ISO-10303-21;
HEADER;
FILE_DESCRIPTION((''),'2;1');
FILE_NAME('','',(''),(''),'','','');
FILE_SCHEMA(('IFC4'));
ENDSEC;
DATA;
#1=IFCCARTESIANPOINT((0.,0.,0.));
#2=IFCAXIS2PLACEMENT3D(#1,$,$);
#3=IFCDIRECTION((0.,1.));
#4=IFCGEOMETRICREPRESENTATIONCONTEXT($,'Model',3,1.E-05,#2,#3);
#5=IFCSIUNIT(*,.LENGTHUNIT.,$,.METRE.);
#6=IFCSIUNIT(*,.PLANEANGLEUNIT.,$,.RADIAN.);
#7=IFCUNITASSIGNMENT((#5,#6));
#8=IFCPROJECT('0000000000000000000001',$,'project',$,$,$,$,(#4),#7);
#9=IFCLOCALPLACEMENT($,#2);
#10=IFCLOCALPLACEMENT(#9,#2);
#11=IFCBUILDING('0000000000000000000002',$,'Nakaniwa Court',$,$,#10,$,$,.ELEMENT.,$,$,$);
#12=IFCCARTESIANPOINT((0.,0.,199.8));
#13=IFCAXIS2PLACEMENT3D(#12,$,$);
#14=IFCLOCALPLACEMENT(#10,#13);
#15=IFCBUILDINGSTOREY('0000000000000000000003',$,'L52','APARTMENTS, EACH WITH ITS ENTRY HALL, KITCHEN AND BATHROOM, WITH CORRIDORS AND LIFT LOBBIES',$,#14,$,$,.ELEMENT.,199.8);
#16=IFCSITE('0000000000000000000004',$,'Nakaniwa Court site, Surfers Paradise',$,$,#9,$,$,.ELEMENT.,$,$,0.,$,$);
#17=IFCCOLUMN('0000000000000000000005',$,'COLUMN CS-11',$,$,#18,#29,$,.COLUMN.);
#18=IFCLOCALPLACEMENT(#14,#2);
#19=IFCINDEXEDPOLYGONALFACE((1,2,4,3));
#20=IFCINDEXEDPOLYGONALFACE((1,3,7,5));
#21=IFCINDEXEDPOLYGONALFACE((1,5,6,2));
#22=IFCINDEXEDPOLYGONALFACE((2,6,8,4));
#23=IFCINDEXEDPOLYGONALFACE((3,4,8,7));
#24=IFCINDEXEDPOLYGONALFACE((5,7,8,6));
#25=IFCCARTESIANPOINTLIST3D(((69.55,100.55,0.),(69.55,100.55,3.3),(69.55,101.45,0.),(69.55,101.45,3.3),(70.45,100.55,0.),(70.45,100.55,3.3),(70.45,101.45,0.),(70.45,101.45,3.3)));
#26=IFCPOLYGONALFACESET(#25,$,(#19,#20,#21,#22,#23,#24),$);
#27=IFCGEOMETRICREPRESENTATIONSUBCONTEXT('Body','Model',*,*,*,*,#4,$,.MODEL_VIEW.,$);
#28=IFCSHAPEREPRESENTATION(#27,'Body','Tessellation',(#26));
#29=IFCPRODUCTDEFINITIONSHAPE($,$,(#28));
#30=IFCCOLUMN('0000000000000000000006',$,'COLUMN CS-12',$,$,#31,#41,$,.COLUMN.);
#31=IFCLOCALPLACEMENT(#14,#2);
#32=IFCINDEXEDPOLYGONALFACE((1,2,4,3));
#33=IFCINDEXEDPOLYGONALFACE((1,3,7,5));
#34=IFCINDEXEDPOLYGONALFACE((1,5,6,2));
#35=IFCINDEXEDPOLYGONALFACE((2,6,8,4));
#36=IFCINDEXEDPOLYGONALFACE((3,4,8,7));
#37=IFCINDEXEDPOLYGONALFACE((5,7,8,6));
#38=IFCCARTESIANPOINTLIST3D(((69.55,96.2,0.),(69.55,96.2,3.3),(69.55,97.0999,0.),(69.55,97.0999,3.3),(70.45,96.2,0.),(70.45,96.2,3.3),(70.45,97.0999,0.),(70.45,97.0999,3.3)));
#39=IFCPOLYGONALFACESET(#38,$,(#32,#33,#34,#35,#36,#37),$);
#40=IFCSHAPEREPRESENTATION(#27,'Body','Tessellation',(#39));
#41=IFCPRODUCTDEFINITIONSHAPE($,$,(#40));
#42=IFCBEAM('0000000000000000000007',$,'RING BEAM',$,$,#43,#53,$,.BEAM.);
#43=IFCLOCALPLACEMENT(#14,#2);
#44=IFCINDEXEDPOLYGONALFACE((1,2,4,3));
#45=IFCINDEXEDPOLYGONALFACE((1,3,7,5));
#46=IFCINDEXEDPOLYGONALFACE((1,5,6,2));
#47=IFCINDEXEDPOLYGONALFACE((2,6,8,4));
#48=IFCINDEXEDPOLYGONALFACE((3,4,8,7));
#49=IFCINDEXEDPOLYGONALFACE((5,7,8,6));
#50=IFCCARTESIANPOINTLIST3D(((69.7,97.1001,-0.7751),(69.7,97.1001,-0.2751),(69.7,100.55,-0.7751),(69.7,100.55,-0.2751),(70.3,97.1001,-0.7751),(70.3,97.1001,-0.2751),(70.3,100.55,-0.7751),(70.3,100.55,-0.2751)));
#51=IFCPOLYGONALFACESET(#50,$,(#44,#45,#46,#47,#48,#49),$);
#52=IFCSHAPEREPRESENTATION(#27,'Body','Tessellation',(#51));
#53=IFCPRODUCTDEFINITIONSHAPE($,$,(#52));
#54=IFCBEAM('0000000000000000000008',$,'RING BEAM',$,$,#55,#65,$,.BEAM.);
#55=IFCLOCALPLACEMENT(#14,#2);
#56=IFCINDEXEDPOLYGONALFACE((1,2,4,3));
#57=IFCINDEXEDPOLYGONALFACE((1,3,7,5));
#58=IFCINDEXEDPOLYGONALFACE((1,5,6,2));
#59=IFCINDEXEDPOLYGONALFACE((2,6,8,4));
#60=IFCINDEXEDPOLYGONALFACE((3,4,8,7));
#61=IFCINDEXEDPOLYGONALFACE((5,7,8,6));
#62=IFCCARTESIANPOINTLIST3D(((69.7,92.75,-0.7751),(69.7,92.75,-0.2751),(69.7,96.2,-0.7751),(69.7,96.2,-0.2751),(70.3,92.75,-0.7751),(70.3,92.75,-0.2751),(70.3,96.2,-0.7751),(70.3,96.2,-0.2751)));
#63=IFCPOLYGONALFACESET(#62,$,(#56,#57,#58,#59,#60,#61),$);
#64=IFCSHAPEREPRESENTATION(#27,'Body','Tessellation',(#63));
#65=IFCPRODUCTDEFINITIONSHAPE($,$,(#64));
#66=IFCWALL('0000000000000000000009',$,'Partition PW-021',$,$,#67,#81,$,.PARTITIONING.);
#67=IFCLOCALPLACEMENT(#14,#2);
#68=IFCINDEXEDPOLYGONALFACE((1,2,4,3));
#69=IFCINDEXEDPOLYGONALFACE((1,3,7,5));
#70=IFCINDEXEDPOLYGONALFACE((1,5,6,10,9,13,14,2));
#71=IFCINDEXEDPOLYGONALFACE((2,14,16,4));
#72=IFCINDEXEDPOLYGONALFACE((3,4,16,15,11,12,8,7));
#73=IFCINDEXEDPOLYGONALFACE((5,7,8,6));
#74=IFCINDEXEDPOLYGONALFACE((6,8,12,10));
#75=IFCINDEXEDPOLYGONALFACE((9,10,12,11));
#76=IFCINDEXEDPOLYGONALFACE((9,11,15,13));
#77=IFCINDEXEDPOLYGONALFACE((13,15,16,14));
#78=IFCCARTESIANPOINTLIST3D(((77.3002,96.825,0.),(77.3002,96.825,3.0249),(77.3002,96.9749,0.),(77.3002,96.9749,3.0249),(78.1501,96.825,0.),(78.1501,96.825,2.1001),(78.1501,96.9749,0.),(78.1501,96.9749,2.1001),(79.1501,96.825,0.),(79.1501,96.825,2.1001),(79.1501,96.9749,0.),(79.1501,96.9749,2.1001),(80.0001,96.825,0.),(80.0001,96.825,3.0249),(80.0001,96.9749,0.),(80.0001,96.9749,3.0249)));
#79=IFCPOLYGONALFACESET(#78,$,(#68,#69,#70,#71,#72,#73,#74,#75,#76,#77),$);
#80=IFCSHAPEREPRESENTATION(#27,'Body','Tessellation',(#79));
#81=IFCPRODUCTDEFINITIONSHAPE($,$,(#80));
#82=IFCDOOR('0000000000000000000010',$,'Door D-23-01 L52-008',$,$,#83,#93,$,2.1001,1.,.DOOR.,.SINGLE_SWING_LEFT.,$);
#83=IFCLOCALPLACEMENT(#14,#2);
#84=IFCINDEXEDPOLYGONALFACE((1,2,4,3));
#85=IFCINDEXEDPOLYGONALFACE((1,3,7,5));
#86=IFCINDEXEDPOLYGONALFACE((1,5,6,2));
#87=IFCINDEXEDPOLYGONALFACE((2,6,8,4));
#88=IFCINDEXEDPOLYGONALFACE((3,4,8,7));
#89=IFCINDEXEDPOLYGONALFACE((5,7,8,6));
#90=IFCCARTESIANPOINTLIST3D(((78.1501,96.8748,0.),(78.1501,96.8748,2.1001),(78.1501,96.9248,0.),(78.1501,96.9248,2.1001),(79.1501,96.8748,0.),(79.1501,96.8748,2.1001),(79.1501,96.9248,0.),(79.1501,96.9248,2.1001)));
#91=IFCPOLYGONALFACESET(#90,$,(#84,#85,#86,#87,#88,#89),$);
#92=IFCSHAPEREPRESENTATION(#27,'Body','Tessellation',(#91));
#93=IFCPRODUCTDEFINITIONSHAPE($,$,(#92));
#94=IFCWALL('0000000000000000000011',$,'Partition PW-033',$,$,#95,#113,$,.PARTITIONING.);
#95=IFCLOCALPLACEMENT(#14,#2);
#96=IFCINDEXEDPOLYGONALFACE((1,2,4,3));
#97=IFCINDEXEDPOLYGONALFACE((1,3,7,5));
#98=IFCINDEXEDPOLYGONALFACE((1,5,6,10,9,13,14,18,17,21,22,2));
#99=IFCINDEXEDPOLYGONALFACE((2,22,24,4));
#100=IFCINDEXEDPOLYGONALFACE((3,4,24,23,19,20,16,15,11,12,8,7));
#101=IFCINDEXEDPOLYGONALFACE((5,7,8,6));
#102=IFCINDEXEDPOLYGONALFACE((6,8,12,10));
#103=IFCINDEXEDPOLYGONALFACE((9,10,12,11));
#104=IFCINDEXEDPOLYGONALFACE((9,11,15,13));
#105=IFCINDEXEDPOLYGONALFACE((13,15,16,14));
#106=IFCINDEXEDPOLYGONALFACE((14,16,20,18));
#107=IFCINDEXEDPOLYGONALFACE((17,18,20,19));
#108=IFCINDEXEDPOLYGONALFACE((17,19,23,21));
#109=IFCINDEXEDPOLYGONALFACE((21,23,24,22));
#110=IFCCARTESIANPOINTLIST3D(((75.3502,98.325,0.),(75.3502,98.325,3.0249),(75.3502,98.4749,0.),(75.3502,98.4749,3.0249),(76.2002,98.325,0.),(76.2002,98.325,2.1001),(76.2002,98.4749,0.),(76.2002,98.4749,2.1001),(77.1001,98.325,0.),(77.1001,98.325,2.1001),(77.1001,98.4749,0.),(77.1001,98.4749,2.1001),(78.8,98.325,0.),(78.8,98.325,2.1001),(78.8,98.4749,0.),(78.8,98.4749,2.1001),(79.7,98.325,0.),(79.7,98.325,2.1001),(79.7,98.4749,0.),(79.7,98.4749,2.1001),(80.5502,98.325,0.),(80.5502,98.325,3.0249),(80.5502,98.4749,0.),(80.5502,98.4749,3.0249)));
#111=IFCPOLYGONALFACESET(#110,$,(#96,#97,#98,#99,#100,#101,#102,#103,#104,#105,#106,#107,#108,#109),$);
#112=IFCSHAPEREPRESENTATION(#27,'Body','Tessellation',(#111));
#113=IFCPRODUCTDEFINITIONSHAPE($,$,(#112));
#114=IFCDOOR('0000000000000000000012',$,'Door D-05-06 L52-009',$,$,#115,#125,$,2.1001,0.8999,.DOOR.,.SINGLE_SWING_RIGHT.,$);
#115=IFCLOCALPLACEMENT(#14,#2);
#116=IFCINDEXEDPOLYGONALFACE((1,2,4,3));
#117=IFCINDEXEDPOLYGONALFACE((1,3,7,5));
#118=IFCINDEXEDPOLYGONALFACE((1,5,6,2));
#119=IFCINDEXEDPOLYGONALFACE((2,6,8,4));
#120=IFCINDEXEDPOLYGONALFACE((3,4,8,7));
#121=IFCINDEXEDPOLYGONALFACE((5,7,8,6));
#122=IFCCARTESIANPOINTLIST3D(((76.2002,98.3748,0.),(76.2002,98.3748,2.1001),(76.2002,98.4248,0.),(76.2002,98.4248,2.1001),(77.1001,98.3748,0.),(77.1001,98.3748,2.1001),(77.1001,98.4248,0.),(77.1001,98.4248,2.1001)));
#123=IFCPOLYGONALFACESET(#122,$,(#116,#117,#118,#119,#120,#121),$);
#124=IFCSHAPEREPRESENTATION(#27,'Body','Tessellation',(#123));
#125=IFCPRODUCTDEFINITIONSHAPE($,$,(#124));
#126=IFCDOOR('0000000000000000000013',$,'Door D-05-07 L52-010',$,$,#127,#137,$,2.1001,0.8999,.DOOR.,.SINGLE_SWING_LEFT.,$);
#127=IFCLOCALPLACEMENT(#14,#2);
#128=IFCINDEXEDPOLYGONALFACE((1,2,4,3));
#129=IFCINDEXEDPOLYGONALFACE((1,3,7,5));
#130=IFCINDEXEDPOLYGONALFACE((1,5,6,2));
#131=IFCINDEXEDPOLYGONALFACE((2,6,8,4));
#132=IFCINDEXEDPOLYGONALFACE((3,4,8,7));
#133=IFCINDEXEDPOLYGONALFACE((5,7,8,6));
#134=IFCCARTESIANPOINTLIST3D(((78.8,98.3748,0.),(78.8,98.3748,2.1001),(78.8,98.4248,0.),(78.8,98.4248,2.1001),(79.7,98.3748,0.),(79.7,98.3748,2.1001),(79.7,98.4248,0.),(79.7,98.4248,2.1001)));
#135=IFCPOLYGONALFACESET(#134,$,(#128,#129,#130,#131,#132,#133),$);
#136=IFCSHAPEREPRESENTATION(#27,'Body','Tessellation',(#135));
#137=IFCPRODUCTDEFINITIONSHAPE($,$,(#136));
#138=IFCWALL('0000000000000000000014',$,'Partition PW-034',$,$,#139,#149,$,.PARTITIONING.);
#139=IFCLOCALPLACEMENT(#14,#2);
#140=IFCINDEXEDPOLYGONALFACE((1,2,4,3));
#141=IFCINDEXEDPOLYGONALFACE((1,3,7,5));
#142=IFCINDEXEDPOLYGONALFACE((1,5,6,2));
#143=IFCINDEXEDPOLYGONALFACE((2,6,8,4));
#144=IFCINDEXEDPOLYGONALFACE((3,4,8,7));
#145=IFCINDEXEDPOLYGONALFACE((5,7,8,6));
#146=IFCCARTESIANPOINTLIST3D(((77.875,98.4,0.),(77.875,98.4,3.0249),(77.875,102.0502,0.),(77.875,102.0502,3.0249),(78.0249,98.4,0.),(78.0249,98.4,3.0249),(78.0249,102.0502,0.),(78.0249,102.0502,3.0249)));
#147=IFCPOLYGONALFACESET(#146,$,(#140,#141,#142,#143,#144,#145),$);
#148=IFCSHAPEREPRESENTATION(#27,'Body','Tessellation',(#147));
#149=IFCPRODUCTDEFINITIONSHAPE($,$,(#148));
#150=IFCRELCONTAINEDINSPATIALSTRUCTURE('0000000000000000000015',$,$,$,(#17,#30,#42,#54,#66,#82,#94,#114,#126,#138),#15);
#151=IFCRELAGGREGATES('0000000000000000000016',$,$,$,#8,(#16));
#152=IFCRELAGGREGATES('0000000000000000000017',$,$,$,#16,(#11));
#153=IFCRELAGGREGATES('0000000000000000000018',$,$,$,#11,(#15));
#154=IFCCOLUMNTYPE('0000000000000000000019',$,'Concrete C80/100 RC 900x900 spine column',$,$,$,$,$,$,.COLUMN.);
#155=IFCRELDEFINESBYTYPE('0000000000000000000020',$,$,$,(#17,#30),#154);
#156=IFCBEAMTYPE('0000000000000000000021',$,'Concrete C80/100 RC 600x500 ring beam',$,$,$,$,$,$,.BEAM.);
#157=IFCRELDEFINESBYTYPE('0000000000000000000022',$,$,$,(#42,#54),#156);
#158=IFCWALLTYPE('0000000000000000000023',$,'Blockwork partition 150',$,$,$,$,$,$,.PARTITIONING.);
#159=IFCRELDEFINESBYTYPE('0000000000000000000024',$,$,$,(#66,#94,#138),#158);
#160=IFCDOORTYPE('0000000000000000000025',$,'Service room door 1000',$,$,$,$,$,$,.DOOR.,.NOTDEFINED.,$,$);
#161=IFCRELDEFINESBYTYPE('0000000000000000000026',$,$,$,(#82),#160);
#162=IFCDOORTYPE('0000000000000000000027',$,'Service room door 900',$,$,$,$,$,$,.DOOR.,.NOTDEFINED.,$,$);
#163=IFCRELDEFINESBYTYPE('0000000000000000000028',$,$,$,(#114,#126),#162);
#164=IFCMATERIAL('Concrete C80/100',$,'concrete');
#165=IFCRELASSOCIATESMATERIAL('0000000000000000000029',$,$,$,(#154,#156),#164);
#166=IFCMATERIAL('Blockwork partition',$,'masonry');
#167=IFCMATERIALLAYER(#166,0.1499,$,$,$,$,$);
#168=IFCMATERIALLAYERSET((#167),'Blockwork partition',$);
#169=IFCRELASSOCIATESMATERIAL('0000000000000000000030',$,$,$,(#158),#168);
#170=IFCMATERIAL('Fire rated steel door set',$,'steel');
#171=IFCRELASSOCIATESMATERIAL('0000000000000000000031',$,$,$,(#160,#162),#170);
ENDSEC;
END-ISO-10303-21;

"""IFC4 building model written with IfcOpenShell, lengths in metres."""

from ifc_helpers import new_model, si_unit, direction, frame, frame_2d, origin, origin_2d, place, context, subcontext, project, spatial, rectangle, extrude, material, layer, layer_set, material_profile, profile_set, type_object, element, fill, save


model = new_model("IFC4")

# Units and contexts
model_context = context("Model", 3, precision=1e-05, world=origin(), true_north=direction((0.0, 1.0)))
body_context = subcontext(model_context, "Body", "Model", "MODEL_VIEW")
ifc_project = project(units=[si_unit("LENGTHUNIT", "METRE"), si_unit("PLANEANGLEUNIT", "RADIAN")], contexts=[model_context])

# Site, building, storey
site_placement = place(None, origin())
site = spatial("IfcSite", under=ifc_project, at=site_placement, Name="Nakaniwa Court site, Surfers Paradise", CompositionType="ELEMENT", RefElevation=0.0)
building_placement = place(site_placement, origin())
building = spatial("IfcBuilding", under=site, at=building_placement, Name="Nakaniwa Court", CompositionType="ELEMENT")
storey_placement = place(building_placement, frame((0.0, 0.0, 199.8)))
storey = spatial("IfcBuildingStorey", under=building, at=storey_placement, Name="L52", Description="APARTMENTS, EACH WITH ITS ENTRY HALL, KITCHEN AND BATHROOM, WITH CORRIDORS AND LIFT LOBBIES", CompositionType="ELEMENT", Elevation=199.8)

# Columns
ifc_material_1 = material(Name="Concrete C80/100", Category="concrete")
ifc_material_profile_1 = material_profile(ifc_material_1, rectangle(XDim=0.8999, YDim=0.8999, at=origin_2d()), Name="Concrete C80/100 RC 900x900 spine column")
ifc_profile_set_1 = profile_set([ifc_material_profile_1], Name="Concrete C80/100")
column_type = type_object("IfcColumnType", Name="Concrete C80/100 RC 900x900 spine column", PredefinedType="COLUMN", material=ifc_profile_set_1)
for number, where, z_axis, x_axis, name in (
    (1, (70.0, 101.0, 0.0), (0.0, 0.0, 1.0), (0.0, -1.0, 0.0), "COLUMN CS-11"),
    (2, (70.0, 96.6499, 0.0), (0.0, 0.0, 1.0), (0.0, -1.0, 0.0), "COLUMN CS-12"),
):
    element("IfcColumn", number, at=place(storey_placement, frame(where, z_axis=z_axis, x_axis=x_axis)), inside=storey, type_object=column_type, Name=name, PredefinedType="COLUMN", context=body_context, shape_type="SweptSolid", body=[
        extrude(rectangle(XDim=0.8999, YDim=0.8999, at=origin_2d()), origin(), (0.0, 0.0, 1.0), 3.3),
    ])

# Beams
ifc_material_profile_2 = material_profile(ifc_material_1, rectangle(XDim=0.6001, YDim=0.5, at=origin_2d()), Name="Concrete C80/100 RC 600x500 ring beam")
ifc_profile_set_2 = profile_set([ifc_material_profile_2], Name="Concrete C80/100")
beam_type = type_object("IfcBeamType", Name="Concrete C80/100 RC 600x500 ring beam", PredefinedType="BEAM", material=ifc_profile_set_2)
for number, where, z_axis, x_axis, name in (
    (3, (70.0, 100.55, -0.5251), (0.0, -1.0, 0.0), (1.0, 0.0, 0.0), "RING BEAM"),
    (4, (70.0, 96.2, -0.5251), (0.0, -1.0, 0.0), (1.0, 0.0, 0.0), "RING BEAM"),
):
    element("IfcBeam", number, at=place(storey_placement, frame(where, z_axis=z_axis, x_axis=x_axis)), inside=storey, type_object=beam_type, Name=name, PredefinedType="BEAM", context=body_context, shape_type="SweptSolid", body=[
        extrude(rectangle(XDim=0.6001, YDim=0.5, at=origin_2d()), origin(), (0.0, 0.0, 1.0), 3.45),
    ])

# Wall, opening, door
ifc_material_2 = material(Name="Blockwork partition", Category="masonry")
ifc_layer_1 = layer(ifc_material_2, 0.1499)
ifc_layer_set_1 = layer_set([ifc_layer_1], Name="Blockwork partition")
wall_type_1 = type_object("IfcWallType", Name="Blockwork partition 150", PredefinedType="PARTITIONING", material=ifc_layer_set_1)
wall_1_placement = place(storey_placement, frame((77.3, 96.8999, 0.0), z_axis=(0.0, 0.0, 1.0), x_axis=(1.0, 0.0, 0.0)))
wall_1 = element("IfcWall", 5, at=wall_1_placement, inside=storey, type_object=wall_type_1, Name="Partition PW-021", PredefinedType="PARTITIONING", context=body_context, shape_type="SweptSolid", body=[
    extrude(rectangle(XDim=2.7, YDim=0.1499, at=frame_2d((1.3501, 0.0))), origin(), (0.0, 0.0, 1.0), 3.0249),
])
opening_1_placement = place(wall_1_placement, frame((0.8501, 0.0, 0.0)))
opening_1 = element("IfcOpeningElement", 6, at=opening_1_placement, cuts=wall_1, PredefinedType="OPENING", context=body_context, shape_type="SweptSolid", body=[
    extrude(rectangle(XDim=1.0, YDim=2.1001, at=frame_2d((0.5, 1.05))), frame((0.0, 0.085, 0.0), z_axis=(0.0, -1.0, 0.0), x_axis=(1.0, 0.0, 0.0)), (0.0, 0.0, 1.0), 0.1699),
])
ifc_material_3 = material(Name="Fire rated steel door set", Category="steel")
door_type_1 = type_object("IfcDoorType", Name="Service room door 1000", OperationType="NOTDEFINED", PredefinedType="DOOR", material=ifc_material_3)
door_1_placement = place(opening_1_placement, origin())
door_1 = element("IfcDoor", 7, at=door_1_placement, inside=storey, type_object=door_type_1, Name="Door D-23-01 L52-008", OperationType="SINGLE_SWING_LEFT", OverallHeight=2.1001, OverallWidth=1.0, PredefinedType="DOOR", context=body_context, shape_type="SweptSolid", body=[
    extrude(rectangle(XDim=1.0, YDim=2.1001, at=frame_2d((0.5, 1.05))), frame((0.0, 0.0249, 0.0), z_axis=(0.0, -1.0, 0.0), x_axis=(1.0, 0.0, 0.0)), (0.0, 0.0, 1.0), 0.05),
])
fill(opening_1, door_1)

# Wall, openings, doors
wall_2_placement = place(storey_placement, frame((75.3501, 98.3999, 0.0), z_axis=(0.0, 0.0, 1.0), x_axis=(1.0, 0.0, 0.0)))
wall_2 = element("IfcWall", 8, at=wall_2_placement, inside=storey, type_object=wall_type_1, Name="Partition PW-033", PredefinedType="PARTITIONING", context=body_context, shape_type="SweptSolid", body=[
    extrude(rectangle(XDim=5.2, YDim=0.1499, at=frame_2d((2.6001, 0.0))), origin(), (0.0, 0.0, 1.0), 3.0249),
])
opening_2_placement = place(wall_2_placement, frame((0.8501, 0.0, 0.0)))
opening_2 = element("IfcOpeningElement", 9, at=opening_2_placement, cuts=wall_2, PredefinedType="OPENING", context=body_context, shape_type="SweptSolid", body=[
    extrude(rectangle(XDim=0.8999, YDim=2.1001, at=frame_2d((0.45, 1.05))), frame((0.0, 0.085, 0.0), z_axis=(0.0, -1.0, 0.0), x_axis=(1.0, 0.0, 0.0)), (0.0, 0.0, 1.0), 0.1699),
])
opening_3_placement = place(wall_2_placement, frame((3.45, 0.0, 0.0)))
opening_3 = element("IfcOpeningElement", 10, at=opening_3_placement, cuts=wall_2, PredefinedType="OPENING", context=body_context, shape_type="SweptSolid", body=[
    extrude(rectangle(XDim=0.8999, YDim=2.1001, at=frame_2d((0.45, 1.05))), frame((0.0, 0.085, 0.0), z_axis=(0.0, -1.0, 0.0), x_axis=(1.0, 0.0, 0.0)), (0.0, 0.0, 1.0), 0.1699),
])
door_type_2 = type_object("IfcDoorType", Name="Service room door 900", OperationType="NOTDEFINED", PredefinedType="DOOR", material=ifc_material_3)
door_2_placement = place(opening_2_placement, origin())
door_2 = element("IfcDoor", 11, at=door_2_placement, inside=storey, type_object=door_type_2, Name="Door D-05-06 L52-009", OperationType="SINGLE_SWING_RIGHT", OverallHeight=2.1001, OverallWidth=0.8999, PredefinedType="DOOR", context=body_context, shape_type="SweptSolid", body=[
    extrude(rectangle(XDim=0.8999, YDim=2.1001, at=frame_2d((0.45, 1.05))), frame((0.0, 0.0249, 0.0), z_axis=(0.0, -1.0, 0.0), x_axis=(1.0, 0.0, 0.0)), (0.0, 0.0, 1.0), 0.05),
])
fill(opening_2, door_2)
door_3_placement = place(opening_3_placement, origin())
door_3 = element("IfcDoor", 12, at=door_3_placement, inside=storey, type_object=door_type_2, Name="Door D-05-07 L52-010", OperationType="SINGLE_SWING_LEFT", OverallHeight=2.1001, OverallWidth=0.8999, PredefinedType="DOOR", context=body_context, shape_type="SweptSolid", body=[
    extrude(rectangle(XDim=0.8999, YDim=2.1001, at=frame_2d((0.45, 1.05))), frame((0.0, 0.0249, 0.0), z_axis=(0.0, -1.0, 0.0), x_axis=(1.0, 0.0, 0.0)), (0.0, 0.0, 1.0), 0.05),
])
fill(opening_3, door_3)

# Wall
wall_3_placement = place(storey_placement, frame((77.95, 98.3999, 0.0), z_axis=(0.0, 0.0, 1.0), x_axis=(0.0, 1.0, 0.0)))
element("IfcWall", 13, at=wall_3_placement, inside=storey, type_object=wall_type_1, Name="Partition PW-034", PredefinedType="PARTITIONING", context=body_context, shape_type="SweptSolid", body=[
    extrude(rectangle(XDim=3.6501, YDim=0.1499, at=frame_2d((1.8252, 0.0))), origin(), (0.0, 0.0, 1.0), 3.0249),
])

save(model, "model.ifc")
